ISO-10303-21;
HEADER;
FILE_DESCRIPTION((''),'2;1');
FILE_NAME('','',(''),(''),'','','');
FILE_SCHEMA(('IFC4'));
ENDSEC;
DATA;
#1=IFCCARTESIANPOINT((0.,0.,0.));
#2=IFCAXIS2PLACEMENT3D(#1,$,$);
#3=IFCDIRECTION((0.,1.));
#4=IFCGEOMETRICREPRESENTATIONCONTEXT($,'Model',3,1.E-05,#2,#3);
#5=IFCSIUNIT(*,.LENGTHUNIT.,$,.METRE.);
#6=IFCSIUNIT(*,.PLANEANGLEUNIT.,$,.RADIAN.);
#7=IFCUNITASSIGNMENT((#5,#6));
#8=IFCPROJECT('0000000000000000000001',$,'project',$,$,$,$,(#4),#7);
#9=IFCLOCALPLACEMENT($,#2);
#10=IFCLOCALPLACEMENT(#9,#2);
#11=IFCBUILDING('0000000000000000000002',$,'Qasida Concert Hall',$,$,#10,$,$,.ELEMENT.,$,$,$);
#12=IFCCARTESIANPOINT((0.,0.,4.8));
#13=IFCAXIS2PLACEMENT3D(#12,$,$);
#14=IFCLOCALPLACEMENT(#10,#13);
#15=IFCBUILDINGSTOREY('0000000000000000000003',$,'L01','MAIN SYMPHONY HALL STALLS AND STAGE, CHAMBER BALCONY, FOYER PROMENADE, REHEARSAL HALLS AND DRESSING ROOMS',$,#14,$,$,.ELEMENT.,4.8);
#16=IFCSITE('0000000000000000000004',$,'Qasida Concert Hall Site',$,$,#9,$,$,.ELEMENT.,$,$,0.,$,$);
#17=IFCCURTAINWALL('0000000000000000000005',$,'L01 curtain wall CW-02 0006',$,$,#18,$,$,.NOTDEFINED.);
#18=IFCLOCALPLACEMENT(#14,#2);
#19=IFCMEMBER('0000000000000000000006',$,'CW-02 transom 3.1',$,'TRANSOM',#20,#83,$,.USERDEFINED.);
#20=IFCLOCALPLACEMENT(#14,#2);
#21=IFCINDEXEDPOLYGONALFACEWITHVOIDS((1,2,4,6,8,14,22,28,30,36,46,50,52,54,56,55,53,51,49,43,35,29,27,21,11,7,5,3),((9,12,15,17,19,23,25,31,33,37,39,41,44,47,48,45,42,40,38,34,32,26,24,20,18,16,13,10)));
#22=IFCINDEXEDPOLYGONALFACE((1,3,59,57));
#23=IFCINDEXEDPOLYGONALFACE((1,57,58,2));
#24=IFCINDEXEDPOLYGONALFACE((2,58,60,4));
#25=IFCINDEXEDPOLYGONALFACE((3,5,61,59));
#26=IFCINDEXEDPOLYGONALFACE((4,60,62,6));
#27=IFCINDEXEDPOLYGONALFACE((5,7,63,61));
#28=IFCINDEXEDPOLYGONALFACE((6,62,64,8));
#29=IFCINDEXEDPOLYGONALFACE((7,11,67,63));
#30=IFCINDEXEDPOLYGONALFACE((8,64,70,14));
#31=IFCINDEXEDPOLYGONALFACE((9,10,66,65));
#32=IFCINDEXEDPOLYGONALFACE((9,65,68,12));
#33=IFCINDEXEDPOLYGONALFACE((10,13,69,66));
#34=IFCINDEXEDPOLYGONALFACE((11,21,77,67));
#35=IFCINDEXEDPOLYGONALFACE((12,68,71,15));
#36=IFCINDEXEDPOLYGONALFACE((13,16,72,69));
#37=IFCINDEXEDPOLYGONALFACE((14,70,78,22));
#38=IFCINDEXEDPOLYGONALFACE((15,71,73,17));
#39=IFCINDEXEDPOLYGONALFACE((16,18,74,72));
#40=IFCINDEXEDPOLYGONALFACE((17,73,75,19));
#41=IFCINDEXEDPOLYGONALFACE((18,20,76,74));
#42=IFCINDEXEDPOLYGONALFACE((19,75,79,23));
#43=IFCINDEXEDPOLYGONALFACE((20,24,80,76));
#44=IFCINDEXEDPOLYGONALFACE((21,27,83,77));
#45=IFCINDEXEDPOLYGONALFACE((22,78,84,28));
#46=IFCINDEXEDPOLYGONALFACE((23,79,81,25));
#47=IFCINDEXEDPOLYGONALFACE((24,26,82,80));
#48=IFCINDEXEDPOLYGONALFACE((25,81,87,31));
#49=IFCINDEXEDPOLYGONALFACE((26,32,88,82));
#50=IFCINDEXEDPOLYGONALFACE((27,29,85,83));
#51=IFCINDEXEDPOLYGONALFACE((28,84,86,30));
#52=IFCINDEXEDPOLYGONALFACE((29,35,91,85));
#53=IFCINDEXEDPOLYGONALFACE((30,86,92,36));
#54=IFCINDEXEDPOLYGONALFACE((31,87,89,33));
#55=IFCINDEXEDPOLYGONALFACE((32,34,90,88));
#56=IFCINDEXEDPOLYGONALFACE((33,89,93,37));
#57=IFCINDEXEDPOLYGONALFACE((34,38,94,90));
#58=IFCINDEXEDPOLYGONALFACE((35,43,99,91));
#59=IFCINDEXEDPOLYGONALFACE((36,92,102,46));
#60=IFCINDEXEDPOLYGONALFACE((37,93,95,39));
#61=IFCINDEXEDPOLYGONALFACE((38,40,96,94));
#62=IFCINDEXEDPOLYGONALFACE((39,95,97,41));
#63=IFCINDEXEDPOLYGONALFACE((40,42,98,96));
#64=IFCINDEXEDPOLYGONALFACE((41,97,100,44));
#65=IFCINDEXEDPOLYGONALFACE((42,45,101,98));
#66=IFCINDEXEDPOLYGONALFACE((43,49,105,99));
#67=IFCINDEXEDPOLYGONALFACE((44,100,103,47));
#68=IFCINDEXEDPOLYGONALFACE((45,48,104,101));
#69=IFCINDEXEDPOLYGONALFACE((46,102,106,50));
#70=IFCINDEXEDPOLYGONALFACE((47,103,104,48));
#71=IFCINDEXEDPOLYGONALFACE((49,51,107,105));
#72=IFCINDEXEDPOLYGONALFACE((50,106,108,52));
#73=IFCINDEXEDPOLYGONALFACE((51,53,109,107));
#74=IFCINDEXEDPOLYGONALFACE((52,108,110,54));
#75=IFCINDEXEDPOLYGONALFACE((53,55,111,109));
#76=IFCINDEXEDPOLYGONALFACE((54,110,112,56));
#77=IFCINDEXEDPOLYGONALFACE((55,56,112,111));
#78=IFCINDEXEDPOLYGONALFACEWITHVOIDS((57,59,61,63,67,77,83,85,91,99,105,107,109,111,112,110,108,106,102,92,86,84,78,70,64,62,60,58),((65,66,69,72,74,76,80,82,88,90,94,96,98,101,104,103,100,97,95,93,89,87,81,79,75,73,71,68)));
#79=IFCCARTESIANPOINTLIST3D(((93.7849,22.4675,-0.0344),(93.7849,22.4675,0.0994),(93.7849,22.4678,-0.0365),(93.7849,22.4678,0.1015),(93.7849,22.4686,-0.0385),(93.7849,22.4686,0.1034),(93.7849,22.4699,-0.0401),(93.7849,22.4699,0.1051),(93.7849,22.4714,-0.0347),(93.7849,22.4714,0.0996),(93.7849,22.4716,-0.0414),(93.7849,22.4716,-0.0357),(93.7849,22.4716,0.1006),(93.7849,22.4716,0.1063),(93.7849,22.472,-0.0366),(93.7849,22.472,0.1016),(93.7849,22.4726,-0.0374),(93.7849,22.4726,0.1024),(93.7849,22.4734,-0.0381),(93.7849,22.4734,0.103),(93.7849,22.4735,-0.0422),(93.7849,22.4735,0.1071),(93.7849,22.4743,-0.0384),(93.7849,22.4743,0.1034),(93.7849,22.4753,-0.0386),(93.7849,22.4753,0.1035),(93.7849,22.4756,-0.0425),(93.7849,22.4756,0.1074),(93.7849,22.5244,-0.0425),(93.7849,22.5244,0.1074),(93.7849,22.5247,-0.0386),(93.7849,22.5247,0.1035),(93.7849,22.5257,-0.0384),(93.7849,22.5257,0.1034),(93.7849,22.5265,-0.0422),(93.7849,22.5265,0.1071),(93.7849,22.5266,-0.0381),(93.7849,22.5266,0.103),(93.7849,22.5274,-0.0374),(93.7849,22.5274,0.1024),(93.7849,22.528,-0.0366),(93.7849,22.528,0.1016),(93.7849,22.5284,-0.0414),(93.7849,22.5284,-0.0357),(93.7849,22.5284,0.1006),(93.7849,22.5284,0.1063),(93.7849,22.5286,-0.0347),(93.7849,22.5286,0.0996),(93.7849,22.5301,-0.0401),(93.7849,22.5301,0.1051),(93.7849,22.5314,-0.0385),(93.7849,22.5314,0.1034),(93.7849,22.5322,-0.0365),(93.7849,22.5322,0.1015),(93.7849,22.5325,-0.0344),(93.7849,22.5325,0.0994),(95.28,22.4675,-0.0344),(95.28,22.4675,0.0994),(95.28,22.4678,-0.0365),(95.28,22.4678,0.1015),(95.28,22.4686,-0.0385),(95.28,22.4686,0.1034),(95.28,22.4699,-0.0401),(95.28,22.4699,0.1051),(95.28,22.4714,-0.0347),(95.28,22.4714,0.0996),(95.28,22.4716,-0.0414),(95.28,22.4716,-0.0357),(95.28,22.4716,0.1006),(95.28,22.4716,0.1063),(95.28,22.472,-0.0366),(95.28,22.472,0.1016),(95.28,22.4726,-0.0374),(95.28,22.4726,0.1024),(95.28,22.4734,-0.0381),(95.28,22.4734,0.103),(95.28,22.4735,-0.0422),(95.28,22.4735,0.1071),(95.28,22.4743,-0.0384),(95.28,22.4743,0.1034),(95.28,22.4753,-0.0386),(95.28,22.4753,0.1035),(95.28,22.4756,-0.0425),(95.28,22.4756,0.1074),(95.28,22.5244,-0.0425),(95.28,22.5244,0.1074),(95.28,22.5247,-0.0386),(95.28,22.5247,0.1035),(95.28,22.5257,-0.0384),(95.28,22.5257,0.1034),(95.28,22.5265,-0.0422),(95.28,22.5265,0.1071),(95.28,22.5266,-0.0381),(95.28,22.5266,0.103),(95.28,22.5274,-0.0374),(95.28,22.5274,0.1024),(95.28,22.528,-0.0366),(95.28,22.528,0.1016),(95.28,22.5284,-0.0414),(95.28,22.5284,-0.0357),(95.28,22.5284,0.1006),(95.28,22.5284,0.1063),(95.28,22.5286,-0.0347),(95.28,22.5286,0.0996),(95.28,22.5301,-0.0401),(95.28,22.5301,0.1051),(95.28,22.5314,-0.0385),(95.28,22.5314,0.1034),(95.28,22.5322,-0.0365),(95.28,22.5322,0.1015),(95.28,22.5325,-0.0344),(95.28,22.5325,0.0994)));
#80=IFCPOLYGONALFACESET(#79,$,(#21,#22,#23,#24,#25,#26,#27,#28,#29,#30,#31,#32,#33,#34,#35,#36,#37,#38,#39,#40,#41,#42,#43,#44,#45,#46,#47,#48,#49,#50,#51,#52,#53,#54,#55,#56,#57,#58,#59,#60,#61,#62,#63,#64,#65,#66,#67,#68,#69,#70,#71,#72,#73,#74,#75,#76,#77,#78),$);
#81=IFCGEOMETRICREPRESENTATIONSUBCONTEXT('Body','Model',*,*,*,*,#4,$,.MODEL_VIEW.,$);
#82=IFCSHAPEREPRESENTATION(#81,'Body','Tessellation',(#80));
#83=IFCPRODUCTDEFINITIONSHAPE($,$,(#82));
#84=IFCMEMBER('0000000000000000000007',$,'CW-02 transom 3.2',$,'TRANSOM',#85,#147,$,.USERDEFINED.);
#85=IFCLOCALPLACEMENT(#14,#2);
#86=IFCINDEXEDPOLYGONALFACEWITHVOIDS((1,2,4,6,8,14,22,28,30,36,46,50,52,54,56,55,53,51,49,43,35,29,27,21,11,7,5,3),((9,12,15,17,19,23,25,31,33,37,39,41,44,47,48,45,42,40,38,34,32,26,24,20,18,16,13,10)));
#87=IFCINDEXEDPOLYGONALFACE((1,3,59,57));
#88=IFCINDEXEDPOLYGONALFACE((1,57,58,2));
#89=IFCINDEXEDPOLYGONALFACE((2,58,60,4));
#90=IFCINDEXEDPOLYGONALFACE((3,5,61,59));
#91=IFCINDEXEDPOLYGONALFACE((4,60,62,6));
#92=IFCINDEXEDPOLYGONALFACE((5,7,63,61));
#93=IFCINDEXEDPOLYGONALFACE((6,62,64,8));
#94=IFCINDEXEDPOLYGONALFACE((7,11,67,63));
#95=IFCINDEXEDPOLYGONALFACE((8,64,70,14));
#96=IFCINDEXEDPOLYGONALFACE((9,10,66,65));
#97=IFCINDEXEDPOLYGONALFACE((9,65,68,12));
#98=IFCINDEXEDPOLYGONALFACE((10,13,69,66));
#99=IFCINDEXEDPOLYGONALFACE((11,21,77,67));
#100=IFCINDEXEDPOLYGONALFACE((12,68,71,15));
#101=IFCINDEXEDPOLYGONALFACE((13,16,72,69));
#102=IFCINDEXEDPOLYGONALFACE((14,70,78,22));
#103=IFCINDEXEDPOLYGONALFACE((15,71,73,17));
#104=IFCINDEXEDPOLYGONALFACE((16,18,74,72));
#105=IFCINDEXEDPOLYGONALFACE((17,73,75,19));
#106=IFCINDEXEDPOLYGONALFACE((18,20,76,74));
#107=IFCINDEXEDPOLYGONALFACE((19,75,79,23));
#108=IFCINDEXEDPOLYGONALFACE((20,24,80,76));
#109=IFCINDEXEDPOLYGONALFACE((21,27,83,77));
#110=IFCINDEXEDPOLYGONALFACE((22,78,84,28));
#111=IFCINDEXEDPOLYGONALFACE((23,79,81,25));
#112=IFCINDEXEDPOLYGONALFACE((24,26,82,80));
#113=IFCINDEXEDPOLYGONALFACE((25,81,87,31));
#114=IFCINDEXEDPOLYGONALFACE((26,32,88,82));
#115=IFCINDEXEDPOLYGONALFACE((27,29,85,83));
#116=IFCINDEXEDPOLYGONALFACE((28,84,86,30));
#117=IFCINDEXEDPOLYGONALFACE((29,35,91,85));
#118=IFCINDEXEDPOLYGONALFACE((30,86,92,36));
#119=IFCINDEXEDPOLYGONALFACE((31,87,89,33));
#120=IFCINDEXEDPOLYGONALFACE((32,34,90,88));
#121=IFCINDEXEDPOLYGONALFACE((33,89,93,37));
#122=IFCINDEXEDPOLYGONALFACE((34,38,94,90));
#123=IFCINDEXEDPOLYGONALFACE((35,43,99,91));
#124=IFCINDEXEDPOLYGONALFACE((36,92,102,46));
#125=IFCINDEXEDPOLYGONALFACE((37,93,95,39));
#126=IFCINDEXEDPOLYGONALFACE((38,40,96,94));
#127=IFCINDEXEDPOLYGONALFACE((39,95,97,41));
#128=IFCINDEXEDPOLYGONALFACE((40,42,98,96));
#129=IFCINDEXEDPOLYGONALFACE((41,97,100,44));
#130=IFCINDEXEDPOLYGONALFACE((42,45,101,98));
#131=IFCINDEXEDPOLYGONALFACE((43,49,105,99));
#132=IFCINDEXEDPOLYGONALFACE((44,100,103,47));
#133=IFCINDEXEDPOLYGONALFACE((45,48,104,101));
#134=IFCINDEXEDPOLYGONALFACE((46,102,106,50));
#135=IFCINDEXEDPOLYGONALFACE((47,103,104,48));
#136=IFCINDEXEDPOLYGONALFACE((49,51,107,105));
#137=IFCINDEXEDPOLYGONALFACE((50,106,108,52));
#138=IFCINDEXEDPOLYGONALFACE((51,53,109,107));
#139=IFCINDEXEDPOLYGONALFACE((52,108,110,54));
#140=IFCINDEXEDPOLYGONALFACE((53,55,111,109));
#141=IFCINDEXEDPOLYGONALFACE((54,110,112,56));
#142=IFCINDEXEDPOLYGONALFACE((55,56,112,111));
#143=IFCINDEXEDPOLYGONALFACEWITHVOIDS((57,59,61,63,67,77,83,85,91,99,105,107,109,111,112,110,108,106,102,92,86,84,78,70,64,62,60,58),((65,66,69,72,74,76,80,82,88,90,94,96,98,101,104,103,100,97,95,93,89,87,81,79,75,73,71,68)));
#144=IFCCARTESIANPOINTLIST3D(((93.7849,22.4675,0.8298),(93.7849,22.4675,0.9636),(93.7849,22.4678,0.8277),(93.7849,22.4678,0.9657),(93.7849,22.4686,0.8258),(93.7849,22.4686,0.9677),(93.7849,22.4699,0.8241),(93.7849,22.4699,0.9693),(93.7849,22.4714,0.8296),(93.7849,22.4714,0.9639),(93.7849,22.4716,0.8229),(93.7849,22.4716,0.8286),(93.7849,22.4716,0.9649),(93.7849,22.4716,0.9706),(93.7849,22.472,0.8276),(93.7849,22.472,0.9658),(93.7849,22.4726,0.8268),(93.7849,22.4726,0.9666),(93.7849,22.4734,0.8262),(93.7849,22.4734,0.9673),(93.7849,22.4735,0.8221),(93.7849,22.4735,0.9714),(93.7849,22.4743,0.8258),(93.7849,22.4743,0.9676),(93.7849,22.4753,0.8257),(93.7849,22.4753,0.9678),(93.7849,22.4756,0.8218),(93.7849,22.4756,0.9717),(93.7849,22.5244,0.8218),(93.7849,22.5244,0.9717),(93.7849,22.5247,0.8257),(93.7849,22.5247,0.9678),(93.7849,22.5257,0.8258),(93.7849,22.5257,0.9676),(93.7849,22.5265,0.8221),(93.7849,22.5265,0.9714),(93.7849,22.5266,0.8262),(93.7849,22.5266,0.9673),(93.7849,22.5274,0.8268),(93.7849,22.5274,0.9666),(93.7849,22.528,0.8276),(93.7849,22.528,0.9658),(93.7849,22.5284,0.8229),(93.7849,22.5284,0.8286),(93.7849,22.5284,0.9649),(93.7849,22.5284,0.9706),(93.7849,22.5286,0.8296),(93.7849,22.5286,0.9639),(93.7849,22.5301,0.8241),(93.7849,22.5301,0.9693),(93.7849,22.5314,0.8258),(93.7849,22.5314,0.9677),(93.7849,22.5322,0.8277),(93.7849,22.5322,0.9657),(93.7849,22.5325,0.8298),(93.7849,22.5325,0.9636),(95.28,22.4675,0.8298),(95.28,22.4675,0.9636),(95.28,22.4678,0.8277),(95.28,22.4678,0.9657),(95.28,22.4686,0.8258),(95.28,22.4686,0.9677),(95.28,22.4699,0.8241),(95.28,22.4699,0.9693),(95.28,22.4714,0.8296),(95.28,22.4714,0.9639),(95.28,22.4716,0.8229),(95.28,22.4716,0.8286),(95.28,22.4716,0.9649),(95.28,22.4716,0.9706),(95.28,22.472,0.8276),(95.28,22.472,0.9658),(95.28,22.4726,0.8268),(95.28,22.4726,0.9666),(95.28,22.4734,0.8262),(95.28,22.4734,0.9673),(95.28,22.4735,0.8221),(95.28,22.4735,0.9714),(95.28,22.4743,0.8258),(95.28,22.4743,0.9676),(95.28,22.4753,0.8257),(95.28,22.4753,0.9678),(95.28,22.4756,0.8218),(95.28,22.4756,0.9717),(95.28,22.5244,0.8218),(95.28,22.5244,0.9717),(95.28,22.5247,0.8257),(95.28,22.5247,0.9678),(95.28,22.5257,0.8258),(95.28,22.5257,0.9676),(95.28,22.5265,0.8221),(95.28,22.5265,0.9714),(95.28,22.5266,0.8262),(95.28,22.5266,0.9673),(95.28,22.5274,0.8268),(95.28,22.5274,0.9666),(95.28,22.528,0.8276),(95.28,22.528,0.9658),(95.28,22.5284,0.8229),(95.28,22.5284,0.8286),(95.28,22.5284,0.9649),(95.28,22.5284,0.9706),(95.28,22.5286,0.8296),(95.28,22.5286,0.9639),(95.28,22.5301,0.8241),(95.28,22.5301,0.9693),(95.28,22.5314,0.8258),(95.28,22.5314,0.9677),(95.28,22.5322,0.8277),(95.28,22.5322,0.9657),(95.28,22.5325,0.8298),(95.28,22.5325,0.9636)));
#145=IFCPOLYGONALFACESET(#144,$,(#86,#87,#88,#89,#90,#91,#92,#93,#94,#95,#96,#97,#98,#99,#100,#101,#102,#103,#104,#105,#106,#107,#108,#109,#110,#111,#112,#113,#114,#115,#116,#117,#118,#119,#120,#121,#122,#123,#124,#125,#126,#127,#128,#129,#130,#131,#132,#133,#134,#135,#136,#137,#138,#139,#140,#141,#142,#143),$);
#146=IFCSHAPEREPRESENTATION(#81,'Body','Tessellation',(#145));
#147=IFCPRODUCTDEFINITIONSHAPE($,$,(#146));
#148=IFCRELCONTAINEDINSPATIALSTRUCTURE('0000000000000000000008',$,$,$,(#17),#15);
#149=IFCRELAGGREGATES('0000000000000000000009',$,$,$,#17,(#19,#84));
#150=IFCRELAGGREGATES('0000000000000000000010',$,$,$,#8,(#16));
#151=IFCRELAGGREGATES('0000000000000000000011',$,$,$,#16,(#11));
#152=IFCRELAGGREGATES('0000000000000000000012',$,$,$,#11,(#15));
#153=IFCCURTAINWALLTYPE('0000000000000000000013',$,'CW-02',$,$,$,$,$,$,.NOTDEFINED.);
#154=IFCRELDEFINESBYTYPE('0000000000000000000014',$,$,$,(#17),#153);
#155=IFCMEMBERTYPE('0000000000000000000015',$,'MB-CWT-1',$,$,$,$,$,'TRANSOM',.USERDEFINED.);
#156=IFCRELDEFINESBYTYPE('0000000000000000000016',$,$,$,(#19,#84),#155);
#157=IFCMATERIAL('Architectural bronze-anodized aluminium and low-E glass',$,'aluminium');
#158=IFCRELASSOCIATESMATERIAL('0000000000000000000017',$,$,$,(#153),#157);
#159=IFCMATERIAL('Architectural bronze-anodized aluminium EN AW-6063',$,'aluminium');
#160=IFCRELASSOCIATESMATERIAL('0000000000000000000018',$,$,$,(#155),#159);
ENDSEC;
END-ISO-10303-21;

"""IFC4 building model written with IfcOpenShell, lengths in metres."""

from ifc_helpers import new_model, si_unit, direction, frame, origin, origin_2d, place, context, subcontext, project, spatial, hollow_rectangle, extrude, material, material_profile, profile_set, type_object, element, aggregate, save


model = new_model("IFC4")

# Units and contexts
model_context = context("Model", 3, precision=1e-05, world=origin(), true_north=direction((0.0, 1.0)))
body_context = subcontext(model_context, "Body", "Model", "MODEL_VIEW")
ifc_project = project(units=[si_unit("LENGTHUNIT", "METRE"), si_unit("PLANEANGLEUNIT", "RADIAN")], contexts=[model_context])

# Site, building, storey
site_placement = place(None, origin())
site = spatial("IfcSite", under=ifc_project, at=site_placement, Name="Qasida Concert Hall Site", CompositionType="ELEMENT", RefElevation=0.0)
building_placement = place(site_placement, origin())
building = spatial("IfcBuilding", under=site, at=building_placement, Name="Qasida Concert Hall", CompositionType="ELEMENT")
storey_placement = place(building_placement, frame((0.0, 0.0, 4.8)))
storey = spatial("IfcBuildingStorey", under=building, at=storey_placement, Name="L01", Description="MAIN SYMPHONY HALL STALLS AND STAGE, CHAMBER BALCONY, FOYER PROMENADE, REHEARSAL HALLS AND DRESSING ROOMS", CompositionType="ELEMENT", Elevation=4.8)

# Curtain wall, members
ifc_material_1 = material(Name="Architectural bronze-anodized aluminium and low-E glass", Category="aluminium")
curtain_wall_type = type_object("IfcCurtainWallType", Name="CW-02", PredefinedType="NOTDEFINED", material=ifc_material_1)
curtain_wall_placement = place(storey_placement, origin())
curtain_wall = element("IfcCurtainWall", 1, at=curtain_wall_placement, inside=storey, type_object=curtain_wall_type, Name="L01 curtain wall CW-02 0006", PredefinedType="NOTDEFINED")
ifc_material_2 = material(Name="Architectural bronze-anodized aluminium EN AW-6063", Category="aluminium")
ifc_material_profile_1 = material_profile(ifc_material_2, hollow_rectangle(XDim=0.0649, YDim=0.1499, WallThickness=0.0039, InnerFilletRadius=0.0039, OuterFilletRadius=0.0081, at=origin_2d()), Name="CWT 150x65x4")
ifc_profile_set_1 = profile_set([ifc_material_profile_1], Name="Architectural bronze-anodized aluminium EN AW-6063")
member_type_1 = type_object("IfcMemberType", Name="MB-CWT-1", ElementType="TRANSOM", PredefinedType="USERDEFINED", material=ifc_profile_set_1)
member_1_placement = place(storey_placement, frame((93.7849, 22.5, 0.0325), z_axis=(1.0, 0.0, 0.0), x_axis=(0.0, 1.0, 0.0)))
member_1 = element("IfcMember", 2, at=member_1_placement, type_object=member_type_1, Name="CW-02 transom 3.1", ObjectType="TRANSOM", PredefinedType="USERDEFINED", context=body_context, shape_type="SweptSolid", body=[
    extrude(hollow_rectangle(XDim=0.0649, YDim=0.1499, WallThickness=0.0039, InnerFilletRadius=0.0039, OuterFilletRadius=0.0081, at=origin_2d()), origin(), (0.0, 0.0, 1.0), 1.4951),
])
member_2_placement = place(storey_placement, frame((93.7849, 22.5, 0.8967), z_axis=(1.0, 0.0, 0.0), x_axis=(0.0, 1.0, 0.0)))
member_2 = element("IfcMember", 3, at=member_2_placement, type_object=member_type_1, Name="CW-02 transom 3.2", ObjectType="TRANSOM", PredefinedType="USERDEFINED", context=body_context, shape_type="SweptSolid", body=[
    extrude(hollow_rectangle(XDim=0.0649, YDim=0.1499, WallThickness=0.0039, InnerFilletRadius=0.0039, OuterFilletRadius=0.0081, at=origin_2d()), origin(), (0.0, 0.0, 1.0), 1.4951),
])
aggregate(curtain_wall, [member_1, member_2])

save(model, "model.ifc")
